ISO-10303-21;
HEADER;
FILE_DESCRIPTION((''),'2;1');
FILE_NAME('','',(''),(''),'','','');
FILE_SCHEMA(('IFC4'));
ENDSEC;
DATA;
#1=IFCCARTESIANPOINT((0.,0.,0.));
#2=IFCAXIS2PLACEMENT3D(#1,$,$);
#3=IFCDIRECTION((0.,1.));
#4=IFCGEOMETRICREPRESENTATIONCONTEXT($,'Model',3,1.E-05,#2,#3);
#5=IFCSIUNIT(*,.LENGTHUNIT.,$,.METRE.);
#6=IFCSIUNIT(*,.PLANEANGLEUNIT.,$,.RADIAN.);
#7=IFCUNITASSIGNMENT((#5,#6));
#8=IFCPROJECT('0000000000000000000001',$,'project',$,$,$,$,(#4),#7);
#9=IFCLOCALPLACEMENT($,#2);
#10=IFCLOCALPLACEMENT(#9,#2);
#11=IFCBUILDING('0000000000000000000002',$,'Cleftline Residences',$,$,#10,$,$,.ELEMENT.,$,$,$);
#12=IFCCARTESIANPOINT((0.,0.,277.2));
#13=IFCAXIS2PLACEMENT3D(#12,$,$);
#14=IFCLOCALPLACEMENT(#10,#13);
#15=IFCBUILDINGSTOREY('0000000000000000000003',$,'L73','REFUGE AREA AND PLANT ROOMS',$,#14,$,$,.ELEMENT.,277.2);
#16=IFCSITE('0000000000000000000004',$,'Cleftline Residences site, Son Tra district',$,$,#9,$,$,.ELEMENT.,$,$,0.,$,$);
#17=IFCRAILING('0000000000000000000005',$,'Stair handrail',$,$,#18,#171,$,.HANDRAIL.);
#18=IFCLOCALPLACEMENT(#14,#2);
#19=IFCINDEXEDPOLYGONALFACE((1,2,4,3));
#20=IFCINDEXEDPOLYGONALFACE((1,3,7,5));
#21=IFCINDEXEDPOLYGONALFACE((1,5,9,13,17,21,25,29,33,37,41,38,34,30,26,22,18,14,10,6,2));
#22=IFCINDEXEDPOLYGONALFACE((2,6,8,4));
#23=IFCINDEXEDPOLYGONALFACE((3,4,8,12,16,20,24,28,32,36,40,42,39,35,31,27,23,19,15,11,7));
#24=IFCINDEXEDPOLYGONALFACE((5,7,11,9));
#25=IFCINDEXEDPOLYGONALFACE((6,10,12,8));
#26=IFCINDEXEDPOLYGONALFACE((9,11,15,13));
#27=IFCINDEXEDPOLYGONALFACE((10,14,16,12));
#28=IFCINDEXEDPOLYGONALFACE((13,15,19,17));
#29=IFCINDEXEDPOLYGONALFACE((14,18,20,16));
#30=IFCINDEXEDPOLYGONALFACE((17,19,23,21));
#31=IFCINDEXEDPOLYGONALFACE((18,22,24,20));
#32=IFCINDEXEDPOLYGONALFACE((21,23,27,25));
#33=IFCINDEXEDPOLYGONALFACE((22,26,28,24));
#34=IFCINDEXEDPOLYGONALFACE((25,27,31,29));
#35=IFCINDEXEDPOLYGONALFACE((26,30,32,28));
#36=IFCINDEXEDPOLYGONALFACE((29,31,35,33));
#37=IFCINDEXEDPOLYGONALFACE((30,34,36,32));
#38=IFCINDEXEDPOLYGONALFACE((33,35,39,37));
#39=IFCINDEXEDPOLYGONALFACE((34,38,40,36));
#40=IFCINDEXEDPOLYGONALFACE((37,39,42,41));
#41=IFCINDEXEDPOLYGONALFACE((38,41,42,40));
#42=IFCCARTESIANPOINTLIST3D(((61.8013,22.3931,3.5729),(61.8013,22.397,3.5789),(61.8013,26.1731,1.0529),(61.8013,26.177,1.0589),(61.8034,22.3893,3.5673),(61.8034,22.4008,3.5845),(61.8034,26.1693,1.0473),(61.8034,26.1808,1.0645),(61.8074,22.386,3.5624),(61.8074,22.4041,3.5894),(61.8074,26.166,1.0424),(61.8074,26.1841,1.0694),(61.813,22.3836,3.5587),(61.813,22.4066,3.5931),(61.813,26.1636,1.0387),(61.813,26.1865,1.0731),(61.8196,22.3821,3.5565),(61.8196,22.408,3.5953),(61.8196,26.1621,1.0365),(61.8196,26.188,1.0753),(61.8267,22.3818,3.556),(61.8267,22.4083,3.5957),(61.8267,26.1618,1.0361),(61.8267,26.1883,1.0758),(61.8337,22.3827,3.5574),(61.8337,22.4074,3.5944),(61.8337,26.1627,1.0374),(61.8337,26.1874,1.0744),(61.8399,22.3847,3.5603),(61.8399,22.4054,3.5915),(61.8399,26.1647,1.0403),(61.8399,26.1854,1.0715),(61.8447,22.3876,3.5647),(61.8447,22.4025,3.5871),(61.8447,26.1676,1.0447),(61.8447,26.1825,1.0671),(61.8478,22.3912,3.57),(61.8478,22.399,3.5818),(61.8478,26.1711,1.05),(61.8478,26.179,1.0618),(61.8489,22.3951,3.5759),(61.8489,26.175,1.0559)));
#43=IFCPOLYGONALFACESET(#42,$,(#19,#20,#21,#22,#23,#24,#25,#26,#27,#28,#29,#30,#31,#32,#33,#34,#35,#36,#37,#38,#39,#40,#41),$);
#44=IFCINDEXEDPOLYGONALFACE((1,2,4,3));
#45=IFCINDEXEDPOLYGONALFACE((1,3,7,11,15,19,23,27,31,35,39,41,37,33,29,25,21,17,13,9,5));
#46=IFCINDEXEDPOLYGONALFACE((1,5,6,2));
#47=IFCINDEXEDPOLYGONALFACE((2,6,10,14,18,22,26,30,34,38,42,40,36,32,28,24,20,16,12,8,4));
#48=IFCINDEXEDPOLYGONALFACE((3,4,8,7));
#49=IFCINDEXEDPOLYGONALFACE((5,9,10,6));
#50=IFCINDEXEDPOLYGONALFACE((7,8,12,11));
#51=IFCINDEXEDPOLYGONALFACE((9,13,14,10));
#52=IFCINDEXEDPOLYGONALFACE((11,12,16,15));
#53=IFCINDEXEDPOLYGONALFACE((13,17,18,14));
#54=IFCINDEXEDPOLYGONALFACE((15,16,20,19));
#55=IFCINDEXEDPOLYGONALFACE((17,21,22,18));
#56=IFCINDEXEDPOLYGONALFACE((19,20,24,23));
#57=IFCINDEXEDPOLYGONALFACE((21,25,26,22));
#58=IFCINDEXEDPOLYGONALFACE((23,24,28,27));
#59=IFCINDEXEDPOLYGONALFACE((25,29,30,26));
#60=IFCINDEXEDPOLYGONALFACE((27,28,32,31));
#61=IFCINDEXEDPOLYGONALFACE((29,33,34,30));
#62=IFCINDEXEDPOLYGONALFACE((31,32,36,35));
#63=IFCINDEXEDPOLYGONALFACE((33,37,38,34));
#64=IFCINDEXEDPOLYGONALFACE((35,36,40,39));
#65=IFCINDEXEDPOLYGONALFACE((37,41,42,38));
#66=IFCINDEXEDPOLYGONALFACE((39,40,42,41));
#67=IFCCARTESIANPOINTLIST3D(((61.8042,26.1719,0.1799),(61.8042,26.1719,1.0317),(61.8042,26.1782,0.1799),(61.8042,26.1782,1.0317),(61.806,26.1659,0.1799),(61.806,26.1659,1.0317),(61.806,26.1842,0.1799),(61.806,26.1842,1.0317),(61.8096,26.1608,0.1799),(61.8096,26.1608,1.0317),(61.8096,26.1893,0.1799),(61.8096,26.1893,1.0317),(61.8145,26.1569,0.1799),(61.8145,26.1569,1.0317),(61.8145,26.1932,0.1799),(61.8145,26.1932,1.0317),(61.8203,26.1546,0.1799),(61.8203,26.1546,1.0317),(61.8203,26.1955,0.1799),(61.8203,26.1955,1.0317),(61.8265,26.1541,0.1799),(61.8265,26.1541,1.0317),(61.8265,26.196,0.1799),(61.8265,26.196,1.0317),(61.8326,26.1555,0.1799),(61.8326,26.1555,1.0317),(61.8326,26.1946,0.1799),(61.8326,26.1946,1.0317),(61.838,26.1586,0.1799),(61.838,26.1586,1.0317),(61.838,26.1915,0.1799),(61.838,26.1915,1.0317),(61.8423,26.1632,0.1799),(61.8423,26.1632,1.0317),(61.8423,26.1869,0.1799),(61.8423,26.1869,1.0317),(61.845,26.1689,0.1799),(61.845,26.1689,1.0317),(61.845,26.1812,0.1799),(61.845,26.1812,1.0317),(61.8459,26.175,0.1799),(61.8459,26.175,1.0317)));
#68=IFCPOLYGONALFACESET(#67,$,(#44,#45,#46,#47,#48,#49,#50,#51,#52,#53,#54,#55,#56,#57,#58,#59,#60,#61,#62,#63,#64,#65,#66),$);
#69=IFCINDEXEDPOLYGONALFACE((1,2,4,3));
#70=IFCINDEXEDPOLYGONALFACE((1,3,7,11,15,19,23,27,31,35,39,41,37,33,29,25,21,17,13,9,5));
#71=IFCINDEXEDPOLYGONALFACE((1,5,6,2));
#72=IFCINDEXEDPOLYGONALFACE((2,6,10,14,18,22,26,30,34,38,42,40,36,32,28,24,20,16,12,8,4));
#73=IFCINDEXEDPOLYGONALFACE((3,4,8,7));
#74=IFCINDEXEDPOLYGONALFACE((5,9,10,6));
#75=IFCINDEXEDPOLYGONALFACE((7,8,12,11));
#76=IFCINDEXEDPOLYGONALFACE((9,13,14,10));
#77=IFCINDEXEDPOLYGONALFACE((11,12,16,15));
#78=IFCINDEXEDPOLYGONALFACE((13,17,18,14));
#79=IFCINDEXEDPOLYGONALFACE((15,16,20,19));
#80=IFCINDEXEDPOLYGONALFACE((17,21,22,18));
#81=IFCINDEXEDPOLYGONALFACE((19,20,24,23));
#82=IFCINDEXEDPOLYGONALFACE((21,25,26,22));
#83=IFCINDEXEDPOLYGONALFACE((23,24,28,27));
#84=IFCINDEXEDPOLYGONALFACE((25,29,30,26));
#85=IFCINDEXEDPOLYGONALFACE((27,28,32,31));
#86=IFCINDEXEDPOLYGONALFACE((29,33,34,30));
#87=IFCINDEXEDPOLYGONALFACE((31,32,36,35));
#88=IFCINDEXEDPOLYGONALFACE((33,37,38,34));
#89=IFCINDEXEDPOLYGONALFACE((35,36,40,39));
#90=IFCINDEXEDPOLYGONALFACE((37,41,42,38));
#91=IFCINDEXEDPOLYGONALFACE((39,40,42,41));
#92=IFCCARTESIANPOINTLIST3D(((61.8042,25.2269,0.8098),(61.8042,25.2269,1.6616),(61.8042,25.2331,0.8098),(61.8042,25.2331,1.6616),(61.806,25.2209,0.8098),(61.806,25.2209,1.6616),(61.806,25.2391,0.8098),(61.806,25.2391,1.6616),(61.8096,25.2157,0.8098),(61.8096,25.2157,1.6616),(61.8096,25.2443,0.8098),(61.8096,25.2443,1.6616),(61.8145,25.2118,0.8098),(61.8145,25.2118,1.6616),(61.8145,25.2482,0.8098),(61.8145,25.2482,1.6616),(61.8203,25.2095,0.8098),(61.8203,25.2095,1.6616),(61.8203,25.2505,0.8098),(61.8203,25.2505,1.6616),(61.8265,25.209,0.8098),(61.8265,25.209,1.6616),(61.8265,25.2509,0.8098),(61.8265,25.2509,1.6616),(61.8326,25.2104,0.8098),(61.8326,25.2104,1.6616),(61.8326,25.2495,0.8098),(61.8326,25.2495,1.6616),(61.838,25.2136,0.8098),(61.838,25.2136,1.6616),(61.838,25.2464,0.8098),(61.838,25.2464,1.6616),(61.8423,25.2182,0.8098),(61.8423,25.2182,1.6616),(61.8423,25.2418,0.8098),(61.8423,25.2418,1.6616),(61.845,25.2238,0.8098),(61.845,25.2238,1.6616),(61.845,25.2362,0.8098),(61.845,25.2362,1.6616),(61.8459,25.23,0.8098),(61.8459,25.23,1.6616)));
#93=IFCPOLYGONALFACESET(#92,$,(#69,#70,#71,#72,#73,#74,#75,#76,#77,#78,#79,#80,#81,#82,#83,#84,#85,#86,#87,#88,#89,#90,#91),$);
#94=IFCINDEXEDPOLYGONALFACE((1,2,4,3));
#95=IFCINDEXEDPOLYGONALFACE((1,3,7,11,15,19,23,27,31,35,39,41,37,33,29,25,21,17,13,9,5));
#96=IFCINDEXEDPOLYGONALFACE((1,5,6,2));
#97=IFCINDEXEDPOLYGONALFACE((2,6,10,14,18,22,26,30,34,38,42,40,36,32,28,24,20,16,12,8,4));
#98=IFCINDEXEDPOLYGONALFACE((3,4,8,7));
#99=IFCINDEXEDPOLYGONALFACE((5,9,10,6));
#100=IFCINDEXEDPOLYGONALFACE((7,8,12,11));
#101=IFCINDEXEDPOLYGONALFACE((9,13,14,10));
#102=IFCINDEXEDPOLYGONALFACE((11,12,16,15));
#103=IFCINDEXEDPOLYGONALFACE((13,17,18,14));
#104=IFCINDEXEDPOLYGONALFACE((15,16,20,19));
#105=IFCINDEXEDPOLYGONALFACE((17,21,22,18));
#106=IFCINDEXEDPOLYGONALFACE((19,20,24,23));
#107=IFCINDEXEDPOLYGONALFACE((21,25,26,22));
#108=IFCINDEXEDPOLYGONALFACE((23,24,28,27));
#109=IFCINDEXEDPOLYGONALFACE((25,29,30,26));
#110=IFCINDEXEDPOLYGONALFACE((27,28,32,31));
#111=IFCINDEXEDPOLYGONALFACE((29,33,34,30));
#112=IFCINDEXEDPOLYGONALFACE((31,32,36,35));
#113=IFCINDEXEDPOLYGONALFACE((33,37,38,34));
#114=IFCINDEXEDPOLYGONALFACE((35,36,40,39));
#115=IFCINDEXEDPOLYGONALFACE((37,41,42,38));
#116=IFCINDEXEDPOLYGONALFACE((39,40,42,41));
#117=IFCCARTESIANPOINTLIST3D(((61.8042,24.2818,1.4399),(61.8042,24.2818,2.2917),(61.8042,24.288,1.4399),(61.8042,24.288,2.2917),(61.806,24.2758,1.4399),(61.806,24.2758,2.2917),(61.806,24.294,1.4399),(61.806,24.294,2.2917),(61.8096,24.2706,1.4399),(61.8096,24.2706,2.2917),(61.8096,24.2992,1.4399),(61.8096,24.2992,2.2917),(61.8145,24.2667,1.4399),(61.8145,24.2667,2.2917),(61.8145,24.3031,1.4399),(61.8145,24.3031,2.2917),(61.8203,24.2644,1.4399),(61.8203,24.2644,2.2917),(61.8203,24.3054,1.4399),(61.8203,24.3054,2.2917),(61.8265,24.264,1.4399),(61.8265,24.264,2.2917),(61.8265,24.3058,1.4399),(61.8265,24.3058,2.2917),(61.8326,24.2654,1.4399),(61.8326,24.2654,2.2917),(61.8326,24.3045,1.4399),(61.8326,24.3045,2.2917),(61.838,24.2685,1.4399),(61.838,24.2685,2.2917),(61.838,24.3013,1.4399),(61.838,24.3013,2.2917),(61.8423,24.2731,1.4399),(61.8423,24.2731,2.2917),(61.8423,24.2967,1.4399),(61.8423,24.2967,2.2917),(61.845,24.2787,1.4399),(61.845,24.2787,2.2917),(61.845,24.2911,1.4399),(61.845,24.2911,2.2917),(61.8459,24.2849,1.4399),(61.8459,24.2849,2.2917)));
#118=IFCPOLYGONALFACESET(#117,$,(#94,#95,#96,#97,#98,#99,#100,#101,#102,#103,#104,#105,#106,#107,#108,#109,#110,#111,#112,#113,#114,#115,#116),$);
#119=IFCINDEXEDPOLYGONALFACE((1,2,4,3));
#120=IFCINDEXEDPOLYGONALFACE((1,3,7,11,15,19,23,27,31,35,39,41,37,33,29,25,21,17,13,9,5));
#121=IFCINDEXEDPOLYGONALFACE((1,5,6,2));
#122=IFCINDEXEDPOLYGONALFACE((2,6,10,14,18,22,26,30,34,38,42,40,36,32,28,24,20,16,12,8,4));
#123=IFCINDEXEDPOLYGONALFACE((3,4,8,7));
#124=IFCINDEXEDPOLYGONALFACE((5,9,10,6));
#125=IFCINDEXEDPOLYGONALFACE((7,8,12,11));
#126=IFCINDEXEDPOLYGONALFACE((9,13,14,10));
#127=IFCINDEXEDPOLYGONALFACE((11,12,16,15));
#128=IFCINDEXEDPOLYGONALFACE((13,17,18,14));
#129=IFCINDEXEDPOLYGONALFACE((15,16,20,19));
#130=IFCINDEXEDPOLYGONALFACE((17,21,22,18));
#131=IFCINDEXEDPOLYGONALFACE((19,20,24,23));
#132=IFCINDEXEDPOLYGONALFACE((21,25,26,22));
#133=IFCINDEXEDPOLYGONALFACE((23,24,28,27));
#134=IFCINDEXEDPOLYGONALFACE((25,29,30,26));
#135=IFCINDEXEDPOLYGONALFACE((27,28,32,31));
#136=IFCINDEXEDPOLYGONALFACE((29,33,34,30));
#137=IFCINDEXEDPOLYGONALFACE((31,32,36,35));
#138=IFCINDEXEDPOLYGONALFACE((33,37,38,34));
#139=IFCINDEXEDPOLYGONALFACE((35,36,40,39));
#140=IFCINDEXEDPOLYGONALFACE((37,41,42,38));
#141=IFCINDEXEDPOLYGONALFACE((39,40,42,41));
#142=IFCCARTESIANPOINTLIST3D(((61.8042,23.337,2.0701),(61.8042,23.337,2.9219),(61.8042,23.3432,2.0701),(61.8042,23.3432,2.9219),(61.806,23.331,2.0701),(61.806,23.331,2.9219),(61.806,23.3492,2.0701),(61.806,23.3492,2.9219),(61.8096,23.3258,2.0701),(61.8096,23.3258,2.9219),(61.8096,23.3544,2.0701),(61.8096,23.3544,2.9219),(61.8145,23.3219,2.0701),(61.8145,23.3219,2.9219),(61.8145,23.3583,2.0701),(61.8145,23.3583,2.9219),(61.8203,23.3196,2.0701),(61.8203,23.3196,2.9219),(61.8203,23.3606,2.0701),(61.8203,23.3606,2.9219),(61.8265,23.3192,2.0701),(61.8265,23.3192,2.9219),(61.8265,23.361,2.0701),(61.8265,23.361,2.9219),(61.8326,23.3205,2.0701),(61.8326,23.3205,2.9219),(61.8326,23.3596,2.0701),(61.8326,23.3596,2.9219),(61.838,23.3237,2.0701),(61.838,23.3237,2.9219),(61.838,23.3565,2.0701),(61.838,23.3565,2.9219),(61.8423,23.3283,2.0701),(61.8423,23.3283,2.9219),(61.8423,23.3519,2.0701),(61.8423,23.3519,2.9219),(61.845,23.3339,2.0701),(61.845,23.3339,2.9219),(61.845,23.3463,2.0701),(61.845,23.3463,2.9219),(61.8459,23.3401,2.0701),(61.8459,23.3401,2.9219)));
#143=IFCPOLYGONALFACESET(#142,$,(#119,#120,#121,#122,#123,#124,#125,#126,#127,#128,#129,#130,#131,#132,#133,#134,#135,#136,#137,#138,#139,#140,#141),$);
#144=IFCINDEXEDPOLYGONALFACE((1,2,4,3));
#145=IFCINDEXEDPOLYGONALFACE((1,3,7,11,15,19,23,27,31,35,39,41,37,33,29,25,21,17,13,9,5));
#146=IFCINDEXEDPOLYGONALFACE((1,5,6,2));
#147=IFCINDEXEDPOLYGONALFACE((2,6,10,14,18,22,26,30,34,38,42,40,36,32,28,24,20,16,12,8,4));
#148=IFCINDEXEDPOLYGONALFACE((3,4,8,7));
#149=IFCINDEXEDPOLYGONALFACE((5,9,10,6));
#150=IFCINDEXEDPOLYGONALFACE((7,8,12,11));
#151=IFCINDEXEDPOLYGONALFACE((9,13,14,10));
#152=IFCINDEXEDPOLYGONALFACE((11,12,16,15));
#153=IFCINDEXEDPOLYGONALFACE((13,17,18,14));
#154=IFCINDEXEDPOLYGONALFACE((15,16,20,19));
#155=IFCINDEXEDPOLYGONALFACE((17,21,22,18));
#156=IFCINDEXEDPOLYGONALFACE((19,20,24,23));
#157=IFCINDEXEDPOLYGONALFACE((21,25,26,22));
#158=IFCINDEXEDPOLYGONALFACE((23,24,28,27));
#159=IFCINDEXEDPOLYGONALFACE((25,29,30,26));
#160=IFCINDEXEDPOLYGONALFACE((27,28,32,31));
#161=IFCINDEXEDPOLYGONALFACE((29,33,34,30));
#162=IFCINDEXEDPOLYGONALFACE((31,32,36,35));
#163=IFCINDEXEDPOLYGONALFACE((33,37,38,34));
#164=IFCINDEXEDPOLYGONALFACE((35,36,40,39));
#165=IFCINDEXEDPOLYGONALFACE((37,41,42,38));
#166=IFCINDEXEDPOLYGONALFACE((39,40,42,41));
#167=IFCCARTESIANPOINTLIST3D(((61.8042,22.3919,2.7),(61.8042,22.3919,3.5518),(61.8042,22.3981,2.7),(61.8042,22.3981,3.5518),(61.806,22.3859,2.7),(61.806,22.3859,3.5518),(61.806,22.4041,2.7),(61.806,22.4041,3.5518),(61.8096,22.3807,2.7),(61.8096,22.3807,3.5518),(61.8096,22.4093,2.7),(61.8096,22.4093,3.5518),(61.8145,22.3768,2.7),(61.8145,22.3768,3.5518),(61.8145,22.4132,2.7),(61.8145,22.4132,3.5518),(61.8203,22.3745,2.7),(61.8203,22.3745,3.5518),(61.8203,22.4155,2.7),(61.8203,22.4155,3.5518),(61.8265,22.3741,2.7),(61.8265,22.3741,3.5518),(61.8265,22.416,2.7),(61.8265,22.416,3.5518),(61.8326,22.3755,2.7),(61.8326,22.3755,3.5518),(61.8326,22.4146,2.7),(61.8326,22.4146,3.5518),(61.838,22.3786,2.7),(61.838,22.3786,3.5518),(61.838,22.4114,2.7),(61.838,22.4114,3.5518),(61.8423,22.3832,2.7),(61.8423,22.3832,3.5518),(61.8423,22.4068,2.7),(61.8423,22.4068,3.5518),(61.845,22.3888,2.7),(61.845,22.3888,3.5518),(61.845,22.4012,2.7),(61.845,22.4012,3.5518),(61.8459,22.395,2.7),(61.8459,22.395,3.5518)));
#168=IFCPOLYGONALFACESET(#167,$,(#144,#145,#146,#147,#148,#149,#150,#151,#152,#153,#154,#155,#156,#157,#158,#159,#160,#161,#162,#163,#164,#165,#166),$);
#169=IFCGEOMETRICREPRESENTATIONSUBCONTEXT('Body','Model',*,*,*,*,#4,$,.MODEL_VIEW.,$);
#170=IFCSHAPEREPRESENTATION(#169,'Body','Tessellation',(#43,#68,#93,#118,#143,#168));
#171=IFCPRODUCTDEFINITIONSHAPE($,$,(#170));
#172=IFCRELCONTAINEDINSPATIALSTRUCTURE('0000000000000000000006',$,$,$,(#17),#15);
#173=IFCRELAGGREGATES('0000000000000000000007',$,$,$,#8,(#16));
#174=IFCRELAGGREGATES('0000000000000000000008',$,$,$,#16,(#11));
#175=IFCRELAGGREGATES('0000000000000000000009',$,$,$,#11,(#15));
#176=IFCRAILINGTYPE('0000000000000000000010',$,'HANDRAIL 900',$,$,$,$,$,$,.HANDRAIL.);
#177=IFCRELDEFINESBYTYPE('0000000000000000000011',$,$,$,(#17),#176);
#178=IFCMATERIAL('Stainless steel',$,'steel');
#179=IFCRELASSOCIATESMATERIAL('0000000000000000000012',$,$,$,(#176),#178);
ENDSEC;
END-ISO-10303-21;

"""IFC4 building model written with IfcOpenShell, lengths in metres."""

from ifc_helpers import new_model, si_unit, direction, frame, origin, origin_2d, place, context, subcontext, project, spatial, circle, extrude, material, type_object, element, save


model = new_model("IFC4")

# Units and contexts
model_context = context("Model", 3, precision=1e-05, world=origin(), true_north=direction((0.0, 1.0)))
body_context = subcontext(model_context, "Body", "Model", "MODEL_VIEW")
ifc_project = project(units=[si_unit("LENGTHUNIT", "METRE"), si_unit("PLANEANGLEUNIT", "RADIAN")], contexts=[model_context])

# Site, building, storey
site_placement = place(None, origin())
site = spatial("IfcSite", under=ifc_project, at=site_placement, Name="Cleftline Residences site, Son Tra district", CompositionType="ELEMENT", RefElevation=0.0)
building_placement = place(site_placement, origin())
building = spatial("IfcBuilding", under=site, at=building_placement, Name="Cleftline Residences", CompositionType="ELEMENT")
storey_placement = place(building_placement, frame((0.0, 0.0, 277.2)))
storey = spatial("IfcBuildingStorey", under=building, at=storey_placement, Name="L73", Description="REFUGE AREA AND PLANT ROOMS", CompositionType="ELEMENT", Elevation=277.2)

# Railing
ifc_material_1 = material(Name="Stainless steel", Category="steel")
railing_type = type_object("IfcRailingType", Name="HANDRAIL 900", PredefinedType="HANDRAIL", material=ifc_material_1)
railing_placement = place(storey_placement, frame((61.825, 26.175, 0.1799)))
element("IfcRailing", 1, at=railing_placement, inside=storey, type_object=railing_type, Name="Stair handrail", PredefinedType="HANDRAIL", context=body_context, shape_type="SweptSolid", body=[
    extrude(circle(Radius=0.0239, at=origin_2d()), frame((0.0, 0.0, 0.876), z_axis=(0.0, -0.83205, 0.5547), x_axis=(1.0, 0.0, 0.0)), (0.0, 0.0, 1.0), 4.543),
    extrude(circle(Radius=0.021, at=origin_2d()), origin(), (0.0, 0.0, 1.0), 0.8518),
    extrude(circle(Radius=0.021, at=origin_2d()), frame((0.0, -0.9451, 0.6299)), (0.0, 0.0, 1.0), 0.8518),
    extrude(circle(Radius=0.021, at=origin_2d()), frame((0.0, -1.8901, 1.26)), (0.0, 0.0, 1.0), 0.8518),
    extrude(circle(Radius=0.021, at=origin_2d()), frame((0.0, -2.835, 1.8901)), (0.0, 0.0, 1.0), 0.8518),
    extrude(circle(Radius=0.021, at=origin_2d()), frame((0.0, -3.78, 2.52)), (0.0, 0.0, 1.0), 0.8518),
])

save(model, "model.ifc")
